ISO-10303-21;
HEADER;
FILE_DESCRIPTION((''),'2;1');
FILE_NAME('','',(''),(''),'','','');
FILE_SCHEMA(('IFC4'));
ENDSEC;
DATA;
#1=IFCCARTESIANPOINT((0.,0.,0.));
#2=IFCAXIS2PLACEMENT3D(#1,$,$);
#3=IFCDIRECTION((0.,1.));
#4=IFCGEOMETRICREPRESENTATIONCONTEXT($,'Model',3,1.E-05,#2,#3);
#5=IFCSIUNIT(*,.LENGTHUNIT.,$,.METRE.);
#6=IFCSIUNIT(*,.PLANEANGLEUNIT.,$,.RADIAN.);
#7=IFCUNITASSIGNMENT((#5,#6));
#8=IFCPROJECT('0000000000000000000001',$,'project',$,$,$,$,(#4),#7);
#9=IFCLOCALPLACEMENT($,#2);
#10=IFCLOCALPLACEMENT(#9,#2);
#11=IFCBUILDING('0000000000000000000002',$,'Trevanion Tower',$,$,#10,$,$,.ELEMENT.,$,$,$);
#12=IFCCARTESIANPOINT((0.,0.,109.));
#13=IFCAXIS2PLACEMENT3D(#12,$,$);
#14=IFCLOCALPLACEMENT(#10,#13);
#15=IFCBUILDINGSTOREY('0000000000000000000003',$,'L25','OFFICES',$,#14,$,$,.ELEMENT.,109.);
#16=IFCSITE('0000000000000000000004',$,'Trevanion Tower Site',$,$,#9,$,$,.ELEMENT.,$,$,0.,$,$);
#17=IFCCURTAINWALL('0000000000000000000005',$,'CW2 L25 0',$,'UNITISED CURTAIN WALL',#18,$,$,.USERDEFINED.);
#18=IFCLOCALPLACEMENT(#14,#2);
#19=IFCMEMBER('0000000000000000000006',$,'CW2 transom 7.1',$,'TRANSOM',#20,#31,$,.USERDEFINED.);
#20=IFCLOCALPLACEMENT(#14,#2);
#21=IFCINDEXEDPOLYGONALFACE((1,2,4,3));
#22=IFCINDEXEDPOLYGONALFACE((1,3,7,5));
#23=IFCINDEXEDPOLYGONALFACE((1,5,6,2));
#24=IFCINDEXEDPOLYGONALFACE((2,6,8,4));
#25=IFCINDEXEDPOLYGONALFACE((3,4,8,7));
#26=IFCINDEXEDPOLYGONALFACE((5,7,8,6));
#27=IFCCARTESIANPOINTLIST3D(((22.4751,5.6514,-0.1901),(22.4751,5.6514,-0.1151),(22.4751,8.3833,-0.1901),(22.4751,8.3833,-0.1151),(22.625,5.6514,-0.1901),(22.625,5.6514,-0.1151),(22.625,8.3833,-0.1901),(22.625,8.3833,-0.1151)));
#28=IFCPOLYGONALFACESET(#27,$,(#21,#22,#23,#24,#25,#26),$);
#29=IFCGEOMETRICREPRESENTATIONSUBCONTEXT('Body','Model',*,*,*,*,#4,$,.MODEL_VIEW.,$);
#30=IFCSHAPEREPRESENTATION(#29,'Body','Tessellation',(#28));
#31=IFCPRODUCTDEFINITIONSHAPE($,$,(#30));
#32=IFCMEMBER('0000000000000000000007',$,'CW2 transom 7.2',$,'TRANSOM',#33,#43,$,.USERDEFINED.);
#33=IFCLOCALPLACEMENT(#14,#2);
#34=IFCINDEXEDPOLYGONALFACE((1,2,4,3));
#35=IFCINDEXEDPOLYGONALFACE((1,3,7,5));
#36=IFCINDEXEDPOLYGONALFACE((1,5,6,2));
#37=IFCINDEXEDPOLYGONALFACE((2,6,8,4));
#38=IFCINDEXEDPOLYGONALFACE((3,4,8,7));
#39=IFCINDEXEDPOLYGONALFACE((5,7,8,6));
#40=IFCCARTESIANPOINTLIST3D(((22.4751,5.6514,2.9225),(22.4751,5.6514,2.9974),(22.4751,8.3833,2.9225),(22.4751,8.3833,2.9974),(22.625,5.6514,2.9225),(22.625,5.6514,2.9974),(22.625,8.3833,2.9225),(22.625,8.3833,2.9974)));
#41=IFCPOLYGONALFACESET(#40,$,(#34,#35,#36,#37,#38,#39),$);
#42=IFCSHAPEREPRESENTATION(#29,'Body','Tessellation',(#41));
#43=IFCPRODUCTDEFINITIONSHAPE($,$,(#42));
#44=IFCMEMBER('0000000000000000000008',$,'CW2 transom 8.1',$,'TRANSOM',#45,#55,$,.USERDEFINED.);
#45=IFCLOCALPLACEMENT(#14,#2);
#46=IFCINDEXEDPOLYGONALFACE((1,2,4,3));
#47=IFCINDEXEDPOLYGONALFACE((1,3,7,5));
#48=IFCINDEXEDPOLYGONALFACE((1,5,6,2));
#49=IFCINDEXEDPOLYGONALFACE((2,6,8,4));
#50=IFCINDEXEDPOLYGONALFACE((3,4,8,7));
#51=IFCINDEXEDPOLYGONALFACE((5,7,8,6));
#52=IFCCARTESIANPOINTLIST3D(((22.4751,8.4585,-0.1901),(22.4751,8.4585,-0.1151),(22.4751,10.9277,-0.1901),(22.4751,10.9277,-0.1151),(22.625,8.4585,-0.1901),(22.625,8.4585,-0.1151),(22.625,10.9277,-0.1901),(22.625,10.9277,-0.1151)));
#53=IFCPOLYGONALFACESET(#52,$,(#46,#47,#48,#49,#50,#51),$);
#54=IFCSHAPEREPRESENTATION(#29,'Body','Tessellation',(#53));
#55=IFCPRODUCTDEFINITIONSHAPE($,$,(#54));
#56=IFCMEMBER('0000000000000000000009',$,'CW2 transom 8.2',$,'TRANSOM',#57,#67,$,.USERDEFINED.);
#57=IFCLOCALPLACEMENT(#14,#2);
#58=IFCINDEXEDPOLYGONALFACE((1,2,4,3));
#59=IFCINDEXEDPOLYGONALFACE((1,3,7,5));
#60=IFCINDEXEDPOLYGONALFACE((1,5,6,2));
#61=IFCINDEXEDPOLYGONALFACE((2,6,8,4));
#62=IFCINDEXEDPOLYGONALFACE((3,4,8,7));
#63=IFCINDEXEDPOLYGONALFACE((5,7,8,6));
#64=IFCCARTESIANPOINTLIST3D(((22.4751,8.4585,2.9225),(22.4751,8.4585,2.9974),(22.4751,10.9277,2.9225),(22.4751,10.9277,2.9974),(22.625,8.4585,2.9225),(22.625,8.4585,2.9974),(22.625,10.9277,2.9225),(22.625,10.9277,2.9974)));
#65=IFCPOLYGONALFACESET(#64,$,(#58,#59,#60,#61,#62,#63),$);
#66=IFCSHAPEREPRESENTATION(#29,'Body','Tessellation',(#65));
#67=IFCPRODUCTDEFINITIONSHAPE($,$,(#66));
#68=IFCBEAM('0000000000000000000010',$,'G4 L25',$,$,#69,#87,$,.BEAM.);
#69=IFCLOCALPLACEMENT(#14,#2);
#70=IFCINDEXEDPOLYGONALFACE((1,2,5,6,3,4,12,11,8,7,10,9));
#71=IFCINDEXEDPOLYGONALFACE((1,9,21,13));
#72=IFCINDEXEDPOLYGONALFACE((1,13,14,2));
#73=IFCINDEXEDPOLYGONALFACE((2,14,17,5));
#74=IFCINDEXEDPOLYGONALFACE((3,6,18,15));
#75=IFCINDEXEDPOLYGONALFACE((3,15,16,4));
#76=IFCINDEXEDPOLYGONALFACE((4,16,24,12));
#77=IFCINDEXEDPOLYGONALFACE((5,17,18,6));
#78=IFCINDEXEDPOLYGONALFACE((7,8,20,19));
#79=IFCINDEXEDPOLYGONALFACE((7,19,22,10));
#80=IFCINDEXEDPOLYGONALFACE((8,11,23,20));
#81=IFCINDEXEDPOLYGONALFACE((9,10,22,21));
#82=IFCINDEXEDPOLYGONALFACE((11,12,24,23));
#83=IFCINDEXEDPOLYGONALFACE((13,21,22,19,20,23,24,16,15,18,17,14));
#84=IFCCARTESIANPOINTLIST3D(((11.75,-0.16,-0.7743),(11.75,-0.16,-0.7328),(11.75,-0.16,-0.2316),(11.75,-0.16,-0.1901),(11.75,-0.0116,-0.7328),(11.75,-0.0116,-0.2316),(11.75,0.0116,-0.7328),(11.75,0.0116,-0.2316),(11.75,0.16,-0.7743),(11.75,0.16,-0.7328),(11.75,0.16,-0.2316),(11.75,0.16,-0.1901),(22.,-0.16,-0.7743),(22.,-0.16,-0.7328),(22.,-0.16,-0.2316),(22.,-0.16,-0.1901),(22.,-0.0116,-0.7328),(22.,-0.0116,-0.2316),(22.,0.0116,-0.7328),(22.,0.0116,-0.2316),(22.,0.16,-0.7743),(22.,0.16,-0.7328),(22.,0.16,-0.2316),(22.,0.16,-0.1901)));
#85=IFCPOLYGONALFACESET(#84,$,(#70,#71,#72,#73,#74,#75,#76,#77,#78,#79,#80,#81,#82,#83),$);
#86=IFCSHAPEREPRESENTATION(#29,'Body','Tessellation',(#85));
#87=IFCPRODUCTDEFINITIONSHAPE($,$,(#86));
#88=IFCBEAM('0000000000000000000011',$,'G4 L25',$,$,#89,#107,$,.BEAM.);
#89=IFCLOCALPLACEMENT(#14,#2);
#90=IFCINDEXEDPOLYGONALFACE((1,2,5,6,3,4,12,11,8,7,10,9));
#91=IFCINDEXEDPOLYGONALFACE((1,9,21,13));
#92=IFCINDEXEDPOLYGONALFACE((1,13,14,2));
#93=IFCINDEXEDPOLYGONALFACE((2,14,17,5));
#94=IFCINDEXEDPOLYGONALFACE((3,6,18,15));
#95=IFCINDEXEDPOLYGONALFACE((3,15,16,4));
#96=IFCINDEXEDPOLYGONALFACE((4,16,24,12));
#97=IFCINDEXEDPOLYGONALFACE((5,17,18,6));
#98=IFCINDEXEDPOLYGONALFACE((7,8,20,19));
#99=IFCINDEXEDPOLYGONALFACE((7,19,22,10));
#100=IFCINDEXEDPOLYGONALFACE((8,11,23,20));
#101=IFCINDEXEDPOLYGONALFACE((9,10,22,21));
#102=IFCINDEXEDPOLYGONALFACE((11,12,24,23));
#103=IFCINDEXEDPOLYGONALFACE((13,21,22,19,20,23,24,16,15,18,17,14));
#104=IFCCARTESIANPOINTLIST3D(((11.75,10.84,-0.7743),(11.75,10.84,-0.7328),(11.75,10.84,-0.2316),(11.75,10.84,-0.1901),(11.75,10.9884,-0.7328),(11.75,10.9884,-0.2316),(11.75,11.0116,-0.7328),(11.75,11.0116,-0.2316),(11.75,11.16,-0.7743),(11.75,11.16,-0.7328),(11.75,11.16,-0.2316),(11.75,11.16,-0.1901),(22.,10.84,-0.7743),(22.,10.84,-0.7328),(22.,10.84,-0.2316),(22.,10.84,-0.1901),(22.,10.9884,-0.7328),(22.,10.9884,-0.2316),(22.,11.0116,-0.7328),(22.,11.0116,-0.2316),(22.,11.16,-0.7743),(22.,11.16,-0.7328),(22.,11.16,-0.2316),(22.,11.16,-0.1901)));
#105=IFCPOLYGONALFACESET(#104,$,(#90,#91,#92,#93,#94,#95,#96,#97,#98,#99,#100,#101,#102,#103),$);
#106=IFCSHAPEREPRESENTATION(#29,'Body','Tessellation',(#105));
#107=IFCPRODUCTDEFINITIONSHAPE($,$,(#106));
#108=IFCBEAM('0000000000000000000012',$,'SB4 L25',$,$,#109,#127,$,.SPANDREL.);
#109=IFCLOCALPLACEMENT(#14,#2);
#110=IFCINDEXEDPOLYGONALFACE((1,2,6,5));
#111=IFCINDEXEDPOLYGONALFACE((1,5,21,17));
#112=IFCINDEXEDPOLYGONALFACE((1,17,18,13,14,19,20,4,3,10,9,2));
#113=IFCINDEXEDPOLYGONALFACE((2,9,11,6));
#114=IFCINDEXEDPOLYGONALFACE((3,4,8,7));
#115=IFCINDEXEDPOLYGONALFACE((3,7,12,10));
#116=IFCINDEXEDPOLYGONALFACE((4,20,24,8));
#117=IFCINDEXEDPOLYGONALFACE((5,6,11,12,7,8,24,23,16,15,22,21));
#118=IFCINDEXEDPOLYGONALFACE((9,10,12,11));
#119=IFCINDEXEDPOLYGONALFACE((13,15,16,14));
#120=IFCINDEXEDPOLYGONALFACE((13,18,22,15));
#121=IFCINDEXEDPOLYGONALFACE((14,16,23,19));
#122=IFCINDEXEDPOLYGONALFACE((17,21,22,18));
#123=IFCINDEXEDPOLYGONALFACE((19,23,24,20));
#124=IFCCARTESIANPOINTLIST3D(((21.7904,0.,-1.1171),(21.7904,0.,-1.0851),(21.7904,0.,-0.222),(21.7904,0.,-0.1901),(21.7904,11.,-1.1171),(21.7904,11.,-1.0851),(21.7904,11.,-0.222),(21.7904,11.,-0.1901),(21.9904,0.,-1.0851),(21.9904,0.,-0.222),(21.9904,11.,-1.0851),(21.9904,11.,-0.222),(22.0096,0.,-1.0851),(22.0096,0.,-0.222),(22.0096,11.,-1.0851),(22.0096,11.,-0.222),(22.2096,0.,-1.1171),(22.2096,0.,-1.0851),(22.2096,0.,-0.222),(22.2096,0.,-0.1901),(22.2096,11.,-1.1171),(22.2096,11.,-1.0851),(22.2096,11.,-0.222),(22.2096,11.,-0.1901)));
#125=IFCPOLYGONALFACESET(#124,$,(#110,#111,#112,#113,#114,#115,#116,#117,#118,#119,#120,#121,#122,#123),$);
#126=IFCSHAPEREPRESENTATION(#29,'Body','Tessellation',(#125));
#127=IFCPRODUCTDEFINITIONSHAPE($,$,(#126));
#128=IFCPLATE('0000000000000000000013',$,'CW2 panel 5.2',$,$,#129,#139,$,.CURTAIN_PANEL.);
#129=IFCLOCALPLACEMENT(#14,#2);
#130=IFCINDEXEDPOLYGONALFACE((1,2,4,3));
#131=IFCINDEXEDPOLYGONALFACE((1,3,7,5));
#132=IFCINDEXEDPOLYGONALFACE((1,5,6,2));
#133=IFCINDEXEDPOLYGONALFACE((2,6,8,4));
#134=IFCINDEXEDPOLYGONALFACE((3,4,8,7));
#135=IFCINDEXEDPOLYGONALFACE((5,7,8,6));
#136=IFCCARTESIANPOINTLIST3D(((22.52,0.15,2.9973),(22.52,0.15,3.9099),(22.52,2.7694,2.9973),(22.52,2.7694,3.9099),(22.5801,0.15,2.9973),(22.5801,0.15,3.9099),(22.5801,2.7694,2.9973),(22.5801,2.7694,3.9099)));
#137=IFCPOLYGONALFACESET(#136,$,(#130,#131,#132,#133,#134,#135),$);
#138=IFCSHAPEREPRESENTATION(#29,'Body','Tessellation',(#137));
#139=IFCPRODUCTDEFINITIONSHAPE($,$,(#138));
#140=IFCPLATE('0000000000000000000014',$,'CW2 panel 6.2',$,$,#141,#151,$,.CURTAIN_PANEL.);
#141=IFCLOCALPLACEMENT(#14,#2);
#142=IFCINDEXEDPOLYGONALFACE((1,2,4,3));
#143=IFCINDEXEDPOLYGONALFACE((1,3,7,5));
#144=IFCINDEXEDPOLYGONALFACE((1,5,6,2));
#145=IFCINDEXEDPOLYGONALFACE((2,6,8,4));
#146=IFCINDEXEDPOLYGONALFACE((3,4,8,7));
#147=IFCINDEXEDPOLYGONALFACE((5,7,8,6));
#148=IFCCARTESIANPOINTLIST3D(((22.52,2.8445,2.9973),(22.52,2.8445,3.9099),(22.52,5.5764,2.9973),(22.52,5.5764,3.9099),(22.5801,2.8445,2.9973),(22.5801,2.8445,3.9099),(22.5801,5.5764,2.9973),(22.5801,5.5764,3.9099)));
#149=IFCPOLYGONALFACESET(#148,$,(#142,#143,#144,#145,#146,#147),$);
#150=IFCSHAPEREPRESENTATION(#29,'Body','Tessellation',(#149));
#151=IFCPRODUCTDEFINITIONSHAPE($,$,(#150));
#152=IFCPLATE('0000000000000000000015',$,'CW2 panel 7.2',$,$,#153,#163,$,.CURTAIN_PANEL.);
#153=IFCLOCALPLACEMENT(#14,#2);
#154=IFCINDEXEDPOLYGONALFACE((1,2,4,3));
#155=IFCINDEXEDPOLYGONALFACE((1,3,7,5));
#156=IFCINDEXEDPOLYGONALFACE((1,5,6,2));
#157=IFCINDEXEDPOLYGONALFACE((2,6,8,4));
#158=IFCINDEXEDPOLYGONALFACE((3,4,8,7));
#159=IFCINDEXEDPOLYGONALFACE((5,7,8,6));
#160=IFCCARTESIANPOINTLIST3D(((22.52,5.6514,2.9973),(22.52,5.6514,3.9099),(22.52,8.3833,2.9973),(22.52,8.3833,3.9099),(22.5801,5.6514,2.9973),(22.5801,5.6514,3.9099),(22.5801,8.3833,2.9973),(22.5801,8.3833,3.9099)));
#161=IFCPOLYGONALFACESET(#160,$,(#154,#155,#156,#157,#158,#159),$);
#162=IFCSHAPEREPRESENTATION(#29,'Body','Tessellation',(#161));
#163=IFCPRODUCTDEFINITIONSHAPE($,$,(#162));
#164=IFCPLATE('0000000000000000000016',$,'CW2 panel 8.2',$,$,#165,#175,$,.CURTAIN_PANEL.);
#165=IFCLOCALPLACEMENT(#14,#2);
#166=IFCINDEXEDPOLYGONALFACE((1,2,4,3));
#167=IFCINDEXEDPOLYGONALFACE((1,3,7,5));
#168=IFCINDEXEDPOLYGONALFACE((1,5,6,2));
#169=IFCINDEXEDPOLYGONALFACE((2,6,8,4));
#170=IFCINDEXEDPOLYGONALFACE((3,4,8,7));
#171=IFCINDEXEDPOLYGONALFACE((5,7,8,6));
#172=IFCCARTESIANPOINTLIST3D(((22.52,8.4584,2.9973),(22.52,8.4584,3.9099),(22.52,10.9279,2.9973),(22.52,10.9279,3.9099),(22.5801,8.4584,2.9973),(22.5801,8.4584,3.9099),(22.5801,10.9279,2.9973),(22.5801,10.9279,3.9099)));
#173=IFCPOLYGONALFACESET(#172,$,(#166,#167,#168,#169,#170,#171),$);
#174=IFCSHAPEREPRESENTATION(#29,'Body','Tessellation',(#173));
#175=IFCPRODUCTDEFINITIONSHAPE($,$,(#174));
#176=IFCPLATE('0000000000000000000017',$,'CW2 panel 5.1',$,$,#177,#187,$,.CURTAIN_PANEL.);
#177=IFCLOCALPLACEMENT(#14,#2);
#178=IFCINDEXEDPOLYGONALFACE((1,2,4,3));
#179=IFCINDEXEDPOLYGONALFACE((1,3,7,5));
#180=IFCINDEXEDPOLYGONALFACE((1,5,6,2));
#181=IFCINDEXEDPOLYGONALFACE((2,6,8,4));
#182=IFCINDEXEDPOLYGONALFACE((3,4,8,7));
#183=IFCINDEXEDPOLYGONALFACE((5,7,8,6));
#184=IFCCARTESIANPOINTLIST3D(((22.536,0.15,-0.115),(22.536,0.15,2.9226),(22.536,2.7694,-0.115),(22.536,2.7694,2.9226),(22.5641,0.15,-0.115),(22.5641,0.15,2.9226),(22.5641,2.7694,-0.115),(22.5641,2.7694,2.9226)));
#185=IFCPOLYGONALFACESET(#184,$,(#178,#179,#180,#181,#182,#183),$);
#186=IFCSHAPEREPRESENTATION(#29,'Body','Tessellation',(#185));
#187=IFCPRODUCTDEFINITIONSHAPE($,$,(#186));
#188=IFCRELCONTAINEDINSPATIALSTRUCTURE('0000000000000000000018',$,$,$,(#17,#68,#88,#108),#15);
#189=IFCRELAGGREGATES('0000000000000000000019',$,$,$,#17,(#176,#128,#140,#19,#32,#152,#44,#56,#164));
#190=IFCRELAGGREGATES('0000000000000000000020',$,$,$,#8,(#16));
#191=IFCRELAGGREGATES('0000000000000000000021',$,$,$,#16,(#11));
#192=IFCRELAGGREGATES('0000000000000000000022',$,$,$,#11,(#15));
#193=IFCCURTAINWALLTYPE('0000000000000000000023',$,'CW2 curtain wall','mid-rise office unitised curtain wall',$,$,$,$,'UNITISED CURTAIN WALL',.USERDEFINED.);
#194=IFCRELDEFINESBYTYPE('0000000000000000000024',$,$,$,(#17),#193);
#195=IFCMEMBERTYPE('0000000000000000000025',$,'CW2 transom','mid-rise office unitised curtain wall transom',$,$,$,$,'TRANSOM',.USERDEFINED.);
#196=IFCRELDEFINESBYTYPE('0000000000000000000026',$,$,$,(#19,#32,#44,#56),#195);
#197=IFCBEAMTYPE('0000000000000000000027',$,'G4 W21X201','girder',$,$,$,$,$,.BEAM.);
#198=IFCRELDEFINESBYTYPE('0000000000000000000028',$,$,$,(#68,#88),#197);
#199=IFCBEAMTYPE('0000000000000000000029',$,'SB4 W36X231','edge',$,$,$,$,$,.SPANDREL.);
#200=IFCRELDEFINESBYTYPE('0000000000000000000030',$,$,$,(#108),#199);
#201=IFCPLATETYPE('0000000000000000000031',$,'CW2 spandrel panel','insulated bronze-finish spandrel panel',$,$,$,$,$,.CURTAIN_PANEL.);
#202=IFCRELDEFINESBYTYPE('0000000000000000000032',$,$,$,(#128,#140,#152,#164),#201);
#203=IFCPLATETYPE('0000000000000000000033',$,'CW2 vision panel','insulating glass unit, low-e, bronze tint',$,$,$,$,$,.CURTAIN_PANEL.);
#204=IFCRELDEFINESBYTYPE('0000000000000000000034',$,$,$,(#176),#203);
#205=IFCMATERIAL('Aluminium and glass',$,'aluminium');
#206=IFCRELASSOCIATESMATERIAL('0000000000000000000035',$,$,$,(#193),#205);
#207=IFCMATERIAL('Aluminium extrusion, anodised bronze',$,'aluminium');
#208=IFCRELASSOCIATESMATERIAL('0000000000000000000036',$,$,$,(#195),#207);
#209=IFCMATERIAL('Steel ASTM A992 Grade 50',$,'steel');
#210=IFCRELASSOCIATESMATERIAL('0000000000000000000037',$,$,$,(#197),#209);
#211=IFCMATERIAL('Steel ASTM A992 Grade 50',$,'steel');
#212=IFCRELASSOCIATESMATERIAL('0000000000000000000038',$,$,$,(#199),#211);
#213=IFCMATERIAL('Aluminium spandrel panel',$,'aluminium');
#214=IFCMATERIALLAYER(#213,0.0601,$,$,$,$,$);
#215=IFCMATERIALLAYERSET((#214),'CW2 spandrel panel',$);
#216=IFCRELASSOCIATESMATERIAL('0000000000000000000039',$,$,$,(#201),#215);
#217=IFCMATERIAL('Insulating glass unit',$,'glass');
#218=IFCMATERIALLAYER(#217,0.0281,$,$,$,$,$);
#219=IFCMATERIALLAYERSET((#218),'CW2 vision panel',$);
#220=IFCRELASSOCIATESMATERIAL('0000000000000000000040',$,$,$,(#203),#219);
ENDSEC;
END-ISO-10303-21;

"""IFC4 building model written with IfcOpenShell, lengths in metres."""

from ifc_helpers import new_model, si_unit, direction, frame, origin, origin_2d, place, context, subcontext, project, spatial, rectangle, i_section, extrude, material, layer, layer_set, material_profile, profile_set, type_object, element, aggregate, save


model = new_model("IFC4")

# Units and contexts
model_context = context("Model", 3, precision=1e-05, world=origin(), true_north=direction((0.0, 1.0)))
body_context = subcontext(model_context, "Body", "Model", "MODEL_VIEW")
ifc_project = project(units=[si_unit("LENGTHUNIT", "METRE"), si_unit("PLANEANGLEUNIT", "RADIAN")], contexts=[model_context])

# Site, building, storey
site_placement = place(None, origin())
site = spatial("IfcSite", under=ifc_project, at=site_placement, Name="Trevanion Tower Site", CompositionType="ELEMENT", RefElevation=0.0)
building_placement = place(site_placement, origin())
building = spatial("IfcBuilding", under=site, at=building_placement, Name="Trevanion Tower", CompositionType="ELEMENT")
storey_placement = place(building_placement, frame((0.0, 0.0, 109.0)))
storey = spatial("IfcBuildingStorey", under=building, at=storey_placement, Name="L25", Description="OFFICES", CompositionType="ELEMENT", Elevation=109.0)

# Curtain wall, members
ifc_material_1 = material(Name="Aluminium and glass", Category="aluminium")
curtain_wall_type = type_object("IfcCurtainWallType", Name="CW2 curtain wall", Description="mid-rise office unitised curtain wall", ElementType="UNITISED CURTAIN WALL", PredefinedType="USERDEFINED", material=ifc_material_1)
curtain_wall_placement = place(storey_placement, origin())
curtain_wall = element("IfcCurtainWall", 1, at=curtain_wall_placement, inside=storey, type_object=curtain_wall_type, Name="CW2 L25 0", ObjectType="UNITISED CURTAIN WALL", PredefinedType="USERDEFINED")
ifc_material_2 = material(Name="Aluminium extrusion, anodised bronze", Category="aluminium")
ifc_material_profile_1 = material_profile(ifc_material_2, rectangle(XDim=0.1499, YDim=0.075, at=origin_2d()), Name="CW2 transom")
ifc_profile_set_1 = profile_set([ifc_material_profile_1], Name="Aluminium extrusion, anodised bronze")
member_type_1 = type_object("IfcMemberType", Name="CW2 transom", Description="mid-rise office unitised curtain wall transom", ElementType="TRANSOM", PredefinedType="USERDEFINED", material=ifc_profile_set_1)
member_1_placement = place(storey_placement, frame((22.55, 5.6514, -0.1526), z_axis=(0.0, 1.0, 0.0), x_axis=(-1.0, 0.0, 0.0)))
member_1 = element("IfcMember", 2, at=member_1_placement, type_object=member_type_1, Name="CW2 transom 7.1", ObjectType="TRANSOM", PredefinedType="USERDEFINED", context=body_context, shape_type="SweptSolid", body=[
    extrude(rectangle(XDim=0.1499, YDim=0.075, at=origin_2d()), origin(), (0.0, 0.0, 1.0), 2.7319),
])
member_2_placement = place(storey_placement, frame((22.55, 5.6514, 2.96), z_axis=(0.0, 1.0, 0.0), x_axis=(-1.0, 0.0, 0.0)))
member_2 = element("IfcMember", 3, at=member_2_placement, type_object=member_type_1, Name="CW2 transom 7.2", ObjectType="TRANSOM", PredefinedType="USERDEFINED", context=body_context, shape_type="SweptSolid", body=[
    extrude(rectangle(XDim=0.1499, YDim=0.075, at=origin_2d()), origin(), (0.0, 0.0, 1.0), 2.7319),
])
member_3_placement = place(storey_placement, frame((22.55, 8.4585, -0.1526), z_axis=(0.0, 1.0, 0.0), x_axis=(-1.0, 0.0, 0.0)))
member_3 = element("IfcMember", 4, at=member_3_placement, type_object=member_type_1, Name="CW2 transom 8.1", ObjectType="TRANSOM", PredefinedType="USERDEFINED", context=body_context, shape_type="SweptSolid", body=[
    extrude(rectangle(XDim=0.1499, YDim=0.075, at=origin_2d()), origin(), (0.0, 0.0, 1.0), 2.4692),
])
member_4_placement = place(storey_placement, frame((22.55, 8.4585, 2.96), z_axis=(0.0, 1.0, 0.0), x_axis=(-1.0, 0.0, 0.0)))
member_4 = element("IfcMember", 5, at=member_4_placement, type_object=member_type_1, Name="CW2 transom 8.2", ObjectType="TRANSOM", PredefinedType="USERDEFINED", context=body_context, shape_type="SweptSolid", body=[
    extrude(rectangle(XDim=0.1499, YDim=0.075, at=origin_2d()), origin(), (0.0, 0.0, 1.0), 2.4692),
])

# Beams
ifc_material_3 = material(Name="Steel ASTM A992 Grade 50", Category="steel")
ifc_material_profile_2 = material_profile(ifc_material_3, i_section(OverallWidth=0.3201, OverallDepth=0.5842, WebThickness=0.0232, FlangeThickness=0.0415, at=origin_2d()), Name="W21X201")
ifc_profile_set_2 = profile_set([ifc_material_profile_2], Name="Steel ASTM A992 Grade 50")
beam_type_1 = type_object("IfcBeamType", Name="G4 W21X201", Description="girder", PredefinedType="BEAM", material=ifc_profile_set_2)
for number, where, z_axis, x_axis, name in (
    (6, (11.75, 0.0, -0.4822), (1.0, 0.0, 0.0), (0.0, 1.0, 0.0), "G4 L25"),
    (7, (11.75, 11.0, -0.4822), (1.0, 0.0, 0.0), (0.0, 1.0, 0.0), "G4 L25"),
):
    element("IfcBeam", number, at=place(storey_placement, frame(where, z_axis=z_axis, x_axis=x_axis)), inside=storey, type_object=beam_type_1, Name=name, PredefinedType="BEAM", context=body_context, shape_type="SweptSolid", body=[
        extrude(i_section(OverallWidth=0.3201, OverallDepth=0.5842, WebThickness=0.0232, FlangeThickness=0.0415, at=origin_2d()), origin(), (0.0, 0.0, 1.0), 10.25),
    ])
ifc_material_4 = material(Name="Steel ASTM A992 Grade 50", Category="steel")
ifc_material_profile_3 = material_profile(ifc_material_4, i_section(OverallWidth=0.4192, OverallDepth=0.927, WebThickness=0.0193, FlangeThickness=0.032, at=origin_2d()), Name="W36X231")
ifc_profile_set_3 = profile_set([ifc_material_profile_3], Name="Steel ASTM A992 Grade 50")
beam_type_2 = type_object("IfcBeamType", Name="SB4 W36X231", Description="edge", PredefinedType="SPANDREL", material=ifc_profile_set_3)
beam_placement = place(storey_placement, frame((22.0, 0.0, -0.6536), z_axis=(0.0, 1.0, 0.0), x_axis=(-1.0, 0.0, 0.0)))
element("IfcBeam", 8, at=beam_placement, inside=storey, type_object=beam_type_2, Name="SB4 L25", PredefinedType="SPANDREL", context=body_context, shape_type="SweptSolid", body=[
    extrude(i_section(OverallWidth=0.4192, OverallDepth=0.927, WebThickness=0.0193, FlangeThickness=0.032, at=origin_2d()), origin(), (0.0, 0.0, 1.0), 11.0),
])

# Plates
ifc_material_5 = material(Name="Aluminium spandrel panel", Category="aluminium")
ifc_layer_1 = layer(ifc_material_5, 0.0601)
ifc_layer_set_1 = layer_set([ifc_layer_1], Name="CW2 spandrel panel")
plate_type_1 = type_object("IfcPlateType", Name="CW2 spandrel panel", Description="insulated bronze-finish spandrel panel", PredefinedType="CURTAIN_PANEL", material=ifc_layer_set_1)
plate_1_placement = place(storey_placement, frame((22.55, 1.4597, 2.9973), z_axis=(0.0, 0.0, 1.0), x_axis=(0.0, 1.0, 0.0)))
plate_1 = element("IfcPlate", 9, at=plate_1_placement, type_object=plate_type_1, Name="CW2 panel 5.2", PredefinedType="CURTAIN_PANEL", context=body_context, shape_type="SweptSolid", body=[
    extrude(rectangle(XDim=2.6194, YDim=0.0601, at=origin_2d()), origin(), (0.0, 0.0, 1.0), 0.9126),
])
plate_2_placement = place(storey_placement, frame((22.55, 4.2104, 2.9973), z_axis=(0.0, 0.0, 1.0), x_axis=(0.0, 1.0, 0.0)))
plate_2 = element("IfcPlate", 10, at=plate_2_placement, type_object=plate_type_1, Name="CW2 panel 6.2", PredefinedType="CURTAIN_PANEL", context=body_context, shape_type="SweptSolid", body=[
    extrude(rectangle(XDim=2.7319, YDim=0.0601, at=origin_2d()), origin(), (0.0, 0.0, 1.0), 0.9126),
])
plate_3_placement = place(storey_placement, frame((22.55, 7.0173, 2.9973), z_axis=(0.0, 0.0, 1.0), x_axis=(0.0, 1.0, 0.0)))
plate_3 = element("IfcPlate", 11, at=plate_3_placement, type_object=plate_type_1, Name="CW2 panel 7.2", PredefinedType="CURTAIN_PANEL", context=body_context, shape_type="SweptSolid", body=[
    extrude(rectangle(XDim=2.7319, YDim=0.0601, at=origin_2d()), origin(), (0.0, 0.0, 1.0), 0.9126),
])
plate_4_placement = place(storey_placement, frame((22.55, 9.6931, 2.9973), z_axis=(0.0, 0.0, 1.0), x_axis=(0.0, 1.0, 0.0)))
plate_4 = element("IfcPlate", 12, at=plate_4_placement, type_object=plate_type_1, Name="CW2 panel 8.2", PredefinedType="CURTAIN_PANEL", context=body_context, shape_type="SweptSolid", body=[
    extrude(rectangle(XDim=2.4695, YDim=0.0601, at=origin_2d()), origin(), (0.0, 0.0, 1.0), 0.9126),
])
ifc_material_6 = material(Name="Insulating glass unit", Category="glass")
ifc_layer_2 = layer(ifc_material_6, 0.0281)
ifc_layer_set_2 = layer_set([ifc_layer_2], Name="CW2 vision panel")
plate_type_2 = type_object("IfcPlateType", Name="CW2 vision panel", Description="insulating glass unit, low-e, bronze tint", PredefinedType="CURTAIN_PANEL", material=ifc_layer_set_2)
plate_5_placement = place(storey_placement, frame((22.55, 1.4597, -0.115), z_axis=(0.0, 0.0, 1.0), x_axis=(0.0, 1.0, 0.0)))
plate_5 = element("IfcPlate", 13, at=plate_5_placement, type_object=plate_type_2, Name="CW2 panel 5.1", PredefinedType="CURTAIN_PANEL", context=body_context, shape_type="SweptSolid", body=[
    extrude(rectangle(XDim=2.6194, YDim=0.0281, at=origin_2d()), origin(), (0.0, 0.0, 1.0), 3.0376),
])
aggregate(curtain_wall, [plate_5, plate_1, plate_2, member_1, member_2, plate_3, member_3, member_4, plate_4])

save(model, "model.ifc")
